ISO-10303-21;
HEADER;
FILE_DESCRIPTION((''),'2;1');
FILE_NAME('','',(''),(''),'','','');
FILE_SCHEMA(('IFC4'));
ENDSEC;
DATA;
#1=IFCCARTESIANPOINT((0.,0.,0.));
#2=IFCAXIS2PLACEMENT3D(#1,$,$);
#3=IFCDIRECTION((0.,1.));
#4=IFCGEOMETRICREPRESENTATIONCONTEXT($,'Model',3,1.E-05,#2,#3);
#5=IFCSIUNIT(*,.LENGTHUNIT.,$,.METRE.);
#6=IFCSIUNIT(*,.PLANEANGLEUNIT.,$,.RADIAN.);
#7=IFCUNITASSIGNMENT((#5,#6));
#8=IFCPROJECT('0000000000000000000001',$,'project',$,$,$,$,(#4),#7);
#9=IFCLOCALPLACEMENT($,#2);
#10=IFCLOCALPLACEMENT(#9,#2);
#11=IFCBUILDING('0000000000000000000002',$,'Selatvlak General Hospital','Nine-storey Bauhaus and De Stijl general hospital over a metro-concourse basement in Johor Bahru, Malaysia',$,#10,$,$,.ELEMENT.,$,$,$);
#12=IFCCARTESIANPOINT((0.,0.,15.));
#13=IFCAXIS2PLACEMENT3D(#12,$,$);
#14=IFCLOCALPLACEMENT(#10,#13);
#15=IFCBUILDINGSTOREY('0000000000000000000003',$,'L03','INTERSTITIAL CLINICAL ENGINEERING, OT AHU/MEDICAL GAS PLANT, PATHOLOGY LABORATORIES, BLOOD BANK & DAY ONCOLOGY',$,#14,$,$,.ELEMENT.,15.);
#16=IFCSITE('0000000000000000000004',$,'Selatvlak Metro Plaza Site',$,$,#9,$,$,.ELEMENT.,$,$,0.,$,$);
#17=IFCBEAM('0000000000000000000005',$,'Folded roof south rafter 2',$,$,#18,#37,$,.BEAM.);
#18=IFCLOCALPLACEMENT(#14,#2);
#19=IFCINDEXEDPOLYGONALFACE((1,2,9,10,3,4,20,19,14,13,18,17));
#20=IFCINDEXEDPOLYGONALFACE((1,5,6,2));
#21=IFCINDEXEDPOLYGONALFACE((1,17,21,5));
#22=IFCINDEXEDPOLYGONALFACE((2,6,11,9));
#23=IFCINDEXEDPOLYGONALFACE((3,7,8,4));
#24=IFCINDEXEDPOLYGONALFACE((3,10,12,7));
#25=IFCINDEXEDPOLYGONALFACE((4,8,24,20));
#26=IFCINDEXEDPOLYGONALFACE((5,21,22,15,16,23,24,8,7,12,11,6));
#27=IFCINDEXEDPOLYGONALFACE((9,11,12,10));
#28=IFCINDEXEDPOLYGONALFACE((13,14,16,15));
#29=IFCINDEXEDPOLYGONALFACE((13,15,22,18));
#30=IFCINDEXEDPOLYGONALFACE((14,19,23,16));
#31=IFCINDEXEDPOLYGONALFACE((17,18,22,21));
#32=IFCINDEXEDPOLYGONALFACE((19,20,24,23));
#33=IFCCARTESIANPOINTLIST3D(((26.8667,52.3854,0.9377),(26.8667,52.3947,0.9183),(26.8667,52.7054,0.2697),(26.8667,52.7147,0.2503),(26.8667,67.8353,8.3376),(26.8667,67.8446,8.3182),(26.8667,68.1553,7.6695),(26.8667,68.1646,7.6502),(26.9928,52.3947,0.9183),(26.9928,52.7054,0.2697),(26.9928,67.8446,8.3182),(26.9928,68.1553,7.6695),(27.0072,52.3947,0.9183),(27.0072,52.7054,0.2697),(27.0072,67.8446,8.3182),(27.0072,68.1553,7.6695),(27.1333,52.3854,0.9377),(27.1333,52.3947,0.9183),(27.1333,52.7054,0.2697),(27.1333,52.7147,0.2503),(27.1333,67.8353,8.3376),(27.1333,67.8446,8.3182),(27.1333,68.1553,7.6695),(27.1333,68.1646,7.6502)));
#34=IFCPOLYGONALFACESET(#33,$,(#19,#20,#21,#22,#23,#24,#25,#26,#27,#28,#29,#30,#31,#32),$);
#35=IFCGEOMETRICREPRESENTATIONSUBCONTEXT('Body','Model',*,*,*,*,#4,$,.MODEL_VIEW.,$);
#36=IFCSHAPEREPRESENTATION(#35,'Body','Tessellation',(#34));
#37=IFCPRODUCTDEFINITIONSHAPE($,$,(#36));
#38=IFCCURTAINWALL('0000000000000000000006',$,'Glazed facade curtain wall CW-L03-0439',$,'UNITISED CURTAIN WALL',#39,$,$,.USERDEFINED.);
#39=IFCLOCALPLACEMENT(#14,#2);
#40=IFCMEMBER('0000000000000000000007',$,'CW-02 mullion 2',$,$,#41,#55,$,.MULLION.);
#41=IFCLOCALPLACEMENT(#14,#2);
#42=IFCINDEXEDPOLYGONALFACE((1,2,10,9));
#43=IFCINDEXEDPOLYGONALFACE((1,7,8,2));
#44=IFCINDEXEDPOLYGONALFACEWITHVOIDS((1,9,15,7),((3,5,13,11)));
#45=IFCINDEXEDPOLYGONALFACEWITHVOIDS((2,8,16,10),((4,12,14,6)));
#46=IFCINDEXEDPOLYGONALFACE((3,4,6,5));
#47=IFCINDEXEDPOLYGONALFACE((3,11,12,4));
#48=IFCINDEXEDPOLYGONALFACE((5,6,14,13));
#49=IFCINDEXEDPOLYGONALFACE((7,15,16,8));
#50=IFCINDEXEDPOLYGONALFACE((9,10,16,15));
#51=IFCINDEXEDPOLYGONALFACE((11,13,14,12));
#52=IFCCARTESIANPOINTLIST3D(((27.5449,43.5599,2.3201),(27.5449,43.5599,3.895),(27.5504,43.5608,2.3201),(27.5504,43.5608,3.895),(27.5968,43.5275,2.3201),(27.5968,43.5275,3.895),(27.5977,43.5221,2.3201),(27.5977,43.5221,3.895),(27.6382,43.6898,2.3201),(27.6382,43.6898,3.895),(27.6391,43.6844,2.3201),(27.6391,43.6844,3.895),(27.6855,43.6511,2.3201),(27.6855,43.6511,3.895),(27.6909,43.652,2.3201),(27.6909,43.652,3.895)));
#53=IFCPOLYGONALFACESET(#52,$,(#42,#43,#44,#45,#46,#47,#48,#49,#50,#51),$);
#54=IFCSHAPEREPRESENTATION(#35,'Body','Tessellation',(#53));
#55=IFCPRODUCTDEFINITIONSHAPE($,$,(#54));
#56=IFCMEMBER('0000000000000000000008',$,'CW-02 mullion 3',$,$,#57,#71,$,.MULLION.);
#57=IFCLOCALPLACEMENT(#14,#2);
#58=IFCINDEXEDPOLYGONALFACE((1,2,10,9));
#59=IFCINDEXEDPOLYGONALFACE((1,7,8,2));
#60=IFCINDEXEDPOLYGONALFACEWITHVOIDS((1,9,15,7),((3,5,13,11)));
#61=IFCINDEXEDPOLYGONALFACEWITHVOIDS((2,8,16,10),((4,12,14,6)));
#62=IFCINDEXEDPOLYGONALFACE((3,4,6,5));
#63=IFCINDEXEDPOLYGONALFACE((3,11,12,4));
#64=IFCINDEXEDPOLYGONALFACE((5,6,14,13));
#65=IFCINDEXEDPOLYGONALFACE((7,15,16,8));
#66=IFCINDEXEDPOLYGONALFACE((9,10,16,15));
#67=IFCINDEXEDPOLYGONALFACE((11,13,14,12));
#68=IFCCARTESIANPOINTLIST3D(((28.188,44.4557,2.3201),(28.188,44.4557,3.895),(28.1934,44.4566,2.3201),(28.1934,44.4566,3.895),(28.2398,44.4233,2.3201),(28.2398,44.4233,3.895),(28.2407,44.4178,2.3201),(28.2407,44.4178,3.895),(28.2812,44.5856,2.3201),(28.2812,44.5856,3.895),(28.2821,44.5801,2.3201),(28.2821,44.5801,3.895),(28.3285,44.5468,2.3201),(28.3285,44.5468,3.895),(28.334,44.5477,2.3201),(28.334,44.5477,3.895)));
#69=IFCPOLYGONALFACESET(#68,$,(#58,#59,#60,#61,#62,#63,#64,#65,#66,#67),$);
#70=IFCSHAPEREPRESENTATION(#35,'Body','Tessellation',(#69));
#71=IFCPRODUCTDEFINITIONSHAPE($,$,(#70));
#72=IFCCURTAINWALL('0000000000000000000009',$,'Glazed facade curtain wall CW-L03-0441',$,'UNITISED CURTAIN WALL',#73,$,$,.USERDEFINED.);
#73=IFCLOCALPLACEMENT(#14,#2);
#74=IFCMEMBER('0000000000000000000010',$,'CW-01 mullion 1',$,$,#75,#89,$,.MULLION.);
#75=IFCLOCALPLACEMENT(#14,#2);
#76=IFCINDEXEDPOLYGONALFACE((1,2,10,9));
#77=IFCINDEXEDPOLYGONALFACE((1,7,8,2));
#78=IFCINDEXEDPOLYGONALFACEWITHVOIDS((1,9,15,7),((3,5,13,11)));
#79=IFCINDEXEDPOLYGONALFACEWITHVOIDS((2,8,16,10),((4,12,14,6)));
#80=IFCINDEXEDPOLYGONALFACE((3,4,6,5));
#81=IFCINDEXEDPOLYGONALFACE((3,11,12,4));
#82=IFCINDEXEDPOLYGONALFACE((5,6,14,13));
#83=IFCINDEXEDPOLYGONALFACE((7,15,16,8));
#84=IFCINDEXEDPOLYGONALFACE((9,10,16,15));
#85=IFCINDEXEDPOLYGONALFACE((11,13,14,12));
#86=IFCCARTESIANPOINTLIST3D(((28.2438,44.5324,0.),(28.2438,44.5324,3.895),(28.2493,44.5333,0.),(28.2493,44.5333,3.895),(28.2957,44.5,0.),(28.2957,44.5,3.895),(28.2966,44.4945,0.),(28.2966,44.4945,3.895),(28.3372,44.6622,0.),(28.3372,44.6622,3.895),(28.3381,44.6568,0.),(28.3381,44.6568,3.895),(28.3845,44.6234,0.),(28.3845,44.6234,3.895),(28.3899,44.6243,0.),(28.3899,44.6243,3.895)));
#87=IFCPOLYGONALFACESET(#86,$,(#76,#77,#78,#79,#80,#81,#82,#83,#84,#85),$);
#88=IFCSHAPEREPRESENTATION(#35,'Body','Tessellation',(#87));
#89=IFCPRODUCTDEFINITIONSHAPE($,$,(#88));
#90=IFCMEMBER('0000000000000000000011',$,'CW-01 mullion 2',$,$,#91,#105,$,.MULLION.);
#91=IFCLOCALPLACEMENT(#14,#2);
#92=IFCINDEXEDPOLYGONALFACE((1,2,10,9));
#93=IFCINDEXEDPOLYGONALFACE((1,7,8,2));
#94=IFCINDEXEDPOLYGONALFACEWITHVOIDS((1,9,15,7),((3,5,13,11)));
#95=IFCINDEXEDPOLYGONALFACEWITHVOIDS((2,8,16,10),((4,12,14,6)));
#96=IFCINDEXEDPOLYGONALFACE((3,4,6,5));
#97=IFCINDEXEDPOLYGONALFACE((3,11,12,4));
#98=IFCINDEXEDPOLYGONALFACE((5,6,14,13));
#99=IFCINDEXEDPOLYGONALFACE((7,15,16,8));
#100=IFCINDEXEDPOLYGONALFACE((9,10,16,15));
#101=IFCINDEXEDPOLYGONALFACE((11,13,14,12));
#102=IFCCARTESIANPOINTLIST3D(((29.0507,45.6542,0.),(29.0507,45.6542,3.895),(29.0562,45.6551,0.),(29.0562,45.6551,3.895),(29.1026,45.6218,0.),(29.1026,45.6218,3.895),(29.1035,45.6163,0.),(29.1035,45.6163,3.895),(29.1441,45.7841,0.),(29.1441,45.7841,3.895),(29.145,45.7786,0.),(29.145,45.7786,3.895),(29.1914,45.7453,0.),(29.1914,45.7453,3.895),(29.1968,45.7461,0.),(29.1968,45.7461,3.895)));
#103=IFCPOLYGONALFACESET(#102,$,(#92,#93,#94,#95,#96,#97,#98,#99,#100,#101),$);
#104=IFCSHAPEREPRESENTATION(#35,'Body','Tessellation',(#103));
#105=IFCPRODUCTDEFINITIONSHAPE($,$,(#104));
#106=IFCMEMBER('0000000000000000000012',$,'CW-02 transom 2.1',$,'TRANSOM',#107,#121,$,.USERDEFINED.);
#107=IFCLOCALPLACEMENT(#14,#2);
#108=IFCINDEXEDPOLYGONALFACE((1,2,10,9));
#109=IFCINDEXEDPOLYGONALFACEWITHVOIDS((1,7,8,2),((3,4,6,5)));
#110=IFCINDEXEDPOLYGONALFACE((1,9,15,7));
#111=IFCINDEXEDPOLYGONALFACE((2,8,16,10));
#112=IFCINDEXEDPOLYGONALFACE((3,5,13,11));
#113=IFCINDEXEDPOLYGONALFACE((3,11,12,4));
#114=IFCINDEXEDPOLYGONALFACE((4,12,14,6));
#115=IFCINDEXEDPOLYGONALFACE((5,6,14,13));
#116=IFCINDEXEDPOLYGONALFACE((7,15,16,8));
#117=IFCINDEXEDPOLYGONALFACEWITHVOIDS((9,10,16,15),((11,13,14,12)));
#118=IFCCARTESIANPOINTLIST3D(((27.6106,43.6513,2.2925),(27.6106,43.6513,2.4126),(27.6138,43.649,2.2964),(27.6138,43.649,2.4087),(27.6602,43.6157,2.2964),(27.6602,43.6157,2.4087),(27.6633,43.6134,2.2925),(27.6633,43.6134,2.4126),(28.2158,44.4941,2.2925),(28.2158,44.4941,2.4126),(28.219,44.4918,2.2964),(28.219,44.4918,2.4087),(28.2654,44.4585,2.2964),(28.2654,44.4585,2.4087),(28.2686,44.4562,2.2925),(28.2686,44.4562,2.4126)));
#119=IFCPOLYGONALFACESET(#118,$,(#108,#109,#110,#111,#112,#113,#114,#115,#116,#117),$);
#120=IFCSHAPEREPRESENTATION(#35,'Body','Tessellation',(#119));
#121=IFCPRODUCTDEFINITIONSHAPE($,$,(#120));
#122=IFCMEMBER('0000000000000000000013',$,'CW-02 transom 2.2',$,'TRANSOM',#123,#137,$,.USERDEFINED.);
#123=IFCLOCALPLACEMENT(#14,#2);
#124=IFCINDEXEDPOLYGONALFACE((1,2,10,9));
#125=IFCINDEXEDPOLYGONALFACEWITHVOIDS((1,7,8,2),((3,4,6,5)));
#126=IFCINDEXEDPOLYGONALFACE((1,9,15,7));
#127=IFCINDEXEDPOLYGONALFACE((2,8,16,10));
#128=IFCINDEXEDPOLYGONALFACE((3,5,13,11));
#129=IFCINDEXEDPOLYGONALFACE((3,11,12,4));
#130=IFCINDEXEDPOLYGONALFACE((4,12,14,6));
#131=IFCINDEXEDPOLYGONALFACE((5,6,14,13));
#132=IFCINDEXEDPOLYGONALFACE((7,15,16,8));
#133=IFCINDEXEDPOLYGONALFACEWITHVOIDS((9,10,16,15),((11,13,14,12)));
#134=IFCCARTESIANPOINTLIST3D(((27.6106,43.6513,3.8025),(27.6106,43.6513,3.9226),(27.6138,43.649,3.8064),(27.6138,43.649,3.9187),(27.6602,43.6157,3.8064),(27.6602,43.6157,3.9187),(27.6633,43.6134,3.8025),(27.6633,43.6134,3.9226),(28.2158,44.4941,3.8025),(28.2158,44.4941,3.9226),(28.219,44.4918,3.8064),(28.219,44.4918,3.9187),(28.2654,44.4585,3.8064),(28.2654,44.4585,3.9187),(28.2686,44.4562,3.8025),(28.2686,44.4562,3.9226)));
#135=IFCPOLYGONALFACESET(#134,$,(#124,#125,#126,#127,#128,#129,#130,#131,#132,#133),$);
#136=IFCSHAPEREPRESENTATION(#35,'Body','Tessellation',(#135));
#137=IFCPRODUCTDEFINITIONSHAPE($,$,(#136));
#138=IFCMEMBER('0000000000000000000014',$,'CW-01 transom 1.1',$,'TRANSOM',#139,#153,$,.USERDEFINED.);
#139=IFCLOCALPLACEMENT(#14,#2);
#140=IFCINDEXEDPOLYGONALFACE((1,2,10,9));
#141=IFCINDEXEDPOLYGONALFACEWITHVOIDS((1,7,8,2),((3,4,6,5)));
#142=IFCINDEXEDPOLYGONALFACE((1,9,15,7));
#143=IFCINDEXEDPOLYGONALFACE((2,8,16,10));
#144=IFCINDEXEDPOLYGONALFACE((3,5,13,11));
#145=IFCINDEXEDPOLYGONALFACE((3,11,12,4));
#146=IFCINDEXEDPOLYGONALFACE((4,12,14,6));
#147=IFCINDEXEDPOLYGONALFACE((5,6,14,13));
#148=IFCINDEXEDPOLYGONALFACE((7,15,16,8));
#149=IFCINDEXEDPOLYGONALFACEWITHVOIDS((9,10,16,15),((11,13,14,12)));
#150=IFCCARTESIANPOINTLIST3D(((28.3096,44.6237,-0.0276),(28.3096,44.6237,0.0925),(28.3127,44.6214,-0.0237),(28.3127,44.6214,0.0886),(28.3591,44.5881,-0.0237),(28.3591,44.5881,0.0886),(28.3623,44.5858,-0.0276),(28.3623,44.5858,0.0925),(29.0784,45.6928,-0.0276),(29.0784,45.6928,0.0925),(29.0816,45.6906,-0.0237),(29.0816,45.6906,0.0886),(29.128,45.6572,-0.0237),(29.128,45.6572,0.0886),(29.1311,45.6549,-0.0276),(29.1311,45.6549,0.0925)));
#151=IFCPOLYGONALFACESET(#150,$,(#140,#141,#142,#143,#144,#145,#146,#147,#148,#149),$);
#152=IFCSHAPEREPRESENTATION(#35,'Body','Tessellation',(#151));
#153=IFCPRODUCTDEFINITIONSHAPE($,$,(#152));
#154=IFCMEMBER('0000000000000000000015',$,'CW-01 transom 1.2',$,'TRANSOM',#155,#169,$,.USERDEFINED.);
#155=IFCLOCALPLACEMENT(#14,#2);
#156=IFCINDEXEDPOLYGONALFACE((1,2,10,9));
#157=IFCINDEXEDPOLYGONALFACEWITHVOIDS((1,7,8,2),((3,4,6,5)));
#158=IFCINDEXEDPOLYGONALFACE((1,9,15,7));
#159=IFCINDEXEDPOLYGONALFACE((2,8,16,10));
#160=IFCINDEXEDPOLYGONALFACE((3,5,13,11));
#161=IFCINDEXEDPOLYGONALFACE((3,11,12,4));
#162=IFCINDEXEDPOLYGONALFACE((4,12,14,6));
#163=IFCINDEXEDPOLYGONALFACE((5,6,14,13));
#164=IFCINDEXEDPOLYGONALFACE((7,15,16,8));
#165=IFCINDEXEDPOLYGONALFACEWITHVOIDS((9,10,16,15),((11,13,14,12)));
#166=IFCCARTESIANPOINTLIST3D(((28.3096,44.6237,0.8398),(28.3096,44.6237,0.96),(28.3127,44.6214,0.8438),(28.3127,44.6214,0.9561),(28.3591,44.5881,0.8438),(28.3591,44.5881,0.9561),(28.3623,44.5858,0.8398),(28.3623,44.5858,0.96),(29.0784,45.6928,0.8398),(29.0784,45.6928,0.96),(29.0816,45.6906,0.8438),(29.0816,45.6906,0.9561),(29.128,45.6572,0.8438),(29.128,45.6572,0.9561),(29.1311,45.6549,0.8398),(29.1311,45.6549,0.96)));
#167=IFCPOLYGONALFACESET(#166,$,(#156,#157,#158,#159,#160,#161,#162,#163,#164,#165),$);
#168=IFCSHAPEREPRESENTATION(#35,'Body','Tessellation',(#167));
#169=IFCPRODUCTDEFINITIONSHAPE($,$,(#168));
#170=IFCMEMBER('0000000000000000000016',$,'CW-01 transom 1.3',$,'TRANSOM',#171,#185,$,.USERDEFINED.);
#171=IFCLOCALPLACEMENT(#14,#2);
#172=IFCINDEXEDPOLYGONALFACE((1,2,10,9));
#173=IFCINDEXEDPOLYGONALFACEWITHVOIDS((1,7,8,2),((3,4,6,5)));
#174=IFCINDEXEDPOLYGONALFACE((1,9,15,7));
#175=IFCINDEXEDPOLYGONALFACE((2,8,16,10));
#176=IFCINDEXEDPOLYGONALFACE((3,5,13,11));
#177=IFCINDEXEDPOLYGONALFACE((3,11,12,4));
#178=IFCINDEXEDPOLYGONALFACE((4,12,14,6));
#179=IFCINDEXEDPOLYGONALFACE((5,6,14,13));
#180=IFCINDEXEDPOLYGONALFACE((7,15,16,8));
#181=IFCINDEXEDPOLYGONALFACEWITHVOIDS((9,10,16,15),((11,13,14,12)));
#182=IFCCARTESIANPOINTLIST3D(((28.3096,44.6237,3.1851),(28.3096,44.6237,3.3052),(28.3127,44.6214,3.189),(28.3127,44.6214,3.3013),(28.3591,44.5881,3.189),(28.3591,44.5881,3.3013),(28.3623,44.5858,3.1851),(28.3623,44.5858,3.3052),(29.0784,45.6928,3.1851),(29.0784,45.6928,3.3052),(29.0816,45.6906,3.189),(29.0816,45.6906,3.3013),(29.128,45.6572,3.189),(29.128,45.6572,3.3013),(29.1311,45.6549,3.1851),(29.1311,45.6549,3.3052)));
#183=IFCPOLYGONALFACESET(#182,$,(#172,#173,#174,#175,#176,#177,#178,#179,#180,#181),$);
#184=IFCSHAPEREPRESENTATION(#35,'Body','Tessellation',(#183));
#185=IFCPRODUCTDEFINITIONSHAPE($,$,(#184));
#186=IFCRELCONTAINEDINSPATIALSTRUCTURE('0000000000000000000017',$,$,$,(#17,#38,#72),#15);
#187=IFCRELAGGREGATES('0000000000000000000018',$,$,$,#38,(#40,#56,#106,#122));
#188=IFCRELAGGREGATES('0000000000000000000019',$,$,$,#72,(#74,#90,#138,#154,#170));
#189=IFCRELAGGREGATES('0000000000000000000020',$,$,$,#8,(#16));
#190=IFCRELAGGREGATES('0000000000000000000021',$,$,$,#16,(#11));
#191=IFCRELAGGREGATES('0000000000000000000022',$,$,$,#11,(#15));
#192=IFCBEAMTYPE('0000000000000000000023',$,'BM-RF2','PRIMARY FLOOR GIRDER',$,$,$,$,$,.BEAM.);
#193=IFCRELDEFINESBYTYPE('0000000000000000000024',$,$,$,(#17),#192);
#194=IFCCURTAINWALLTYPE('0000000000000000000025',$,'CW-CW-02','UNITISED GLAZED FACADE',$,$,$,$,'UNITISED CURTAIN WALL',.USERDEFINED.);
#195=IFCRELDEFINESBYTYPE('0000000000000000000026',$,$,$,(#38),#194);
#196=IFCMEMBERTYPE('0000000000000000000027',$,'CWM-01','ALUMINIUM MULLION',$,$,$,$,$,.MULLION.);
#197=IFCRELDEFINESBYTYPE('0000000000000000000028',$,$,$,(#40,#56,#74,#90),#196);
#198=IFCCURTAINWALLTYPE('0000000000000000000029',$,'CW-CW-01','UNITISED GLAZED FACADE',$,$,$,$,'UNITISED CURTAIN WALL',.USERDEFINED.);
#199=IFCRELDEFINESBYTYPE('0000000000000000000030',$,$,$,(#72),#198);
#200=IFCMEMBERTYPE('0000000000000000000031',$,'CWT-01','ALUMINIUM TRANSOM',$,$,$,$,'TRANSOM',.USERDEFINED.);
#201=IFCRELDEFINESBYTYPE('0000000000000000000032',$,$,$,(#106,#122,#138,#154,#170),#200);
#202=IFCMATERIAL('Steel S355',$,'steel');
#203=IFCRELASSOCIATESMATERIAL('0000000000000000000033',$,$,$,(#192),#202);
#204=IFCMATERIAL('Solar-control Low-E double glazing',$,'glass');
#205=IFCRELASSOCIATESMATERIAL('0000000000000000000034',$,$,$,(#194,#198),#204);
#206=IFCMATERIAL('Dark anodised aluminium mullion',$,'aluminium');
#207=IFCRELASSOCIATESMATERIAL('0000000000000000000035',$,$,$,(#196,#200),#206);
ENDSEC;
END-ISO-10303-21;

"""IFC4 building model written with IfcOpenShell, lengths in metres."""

from ifc_helpers import new_model, si_unit, direction, frame, origin, origin_2d, place, context, subcontext, project, spatial, hollow_rectangle, i_section, extrude, material, material_profile, profile_set, type_object, element, aggregate, save


model = new_model("IFC4")

# Units and contexts
model_context = context("Model", 3, precision=1e-05, world=origin(), true_north=direction((0.0, 1.0)))
body_context = subcontext(model_context, "Body", "Model", "MODEL_VIEW")
ifc_project = project(units=[si_unit("LENGTHUNIT", "METRE"), si_unit("PLANEANGLEUNIT", "RADIAN")], contexts=[model_context])

# Site, building, storey
site_placement = place(None, origin())
site = spatial("IfcSite", under=ifc_project, at=site_placement, Name="Selatvlak Metro Plaza Site", CompositionType="ELEMENT", RefElevation=0.0)
building_placement = place(site_placement, origin())
building = spatial("IfcBuilding", under=site, at=building_placement, Name="Selatvlak General Hospital", Description="Nine-storey Bauhaus and De Stijl general hospital over a metro-concourse basement in Johor Bahru, Malaysia", CompositionType="ELEMENT")
storey_placement = place(building_placement, frame((0.0, 0.0, 15.0)))
storey = spatial("IfcBuildingStorey", under=building, at=storey_placement, Name="L03", Description="INTERSTITIAL CLINICAL ENGINEERING, OT AHU/MEDICAL GAS PLANT, PATHOLOGY LABORATORIES, BLOOD BANK & DAY ONCOLOGY", CompositionType="ELEMENT", Elevation=15.0)

# Beam
ifc_material_1 = material(Name="Steel S355", Category="steel")
ifc_material_profile_1 = material_profile(ifc_material_1, i_section(OverallWidth=0.2666, OverallDepth=0.7622, WebThickness=0.0144, FlangeThickness=0.0215, at=origin_2d()), Name="UB 762x267x173")
ifc_profile_set_1 = profile_set([ifc_material_profile_1], Name="Steel S355")
beam_type = type_object("IfcBeamType", Name="BM-RF2", Description="PRIMARY FLOOR GIRDER", PredefinedType="BEAM", material=ifc_profile_set_1)
beam_placement = place(storey_placement, frame((27.0, 52.55, 0.594), z_axis=(0.0, 0.901889, 0.431968), x_axis=(-1.0, 0.0, 0.0)))
element("IfcBeam", 1, at=beam_placement, inside=storey, type_object=beam_type, Name="Folded roof south rafter 2", PredefinedType="BEAM", context=body_context, shape_type="SweptSolid", body=[
    extrude(i_section(OverallWidth=0.2666, OverallDepth=0.7622, WebThickness=0.0144, FlangeThickness=0.0215, at=origin_2d()), origin(), (0.0, 0.0, 1.0), 17.1306),
])

# Curtain walls, members
ifc_material_2 = material(Name="Solar-control Low-E double glazing", Category="glass")
curtain_wall_type_1 = type_object("IfcCurtainWallType", Name="CW-CW-02", Description="UNITISED GLAZED FACADE", ElementType="UNITISED CURTAIN WALL", PredefinedType="USERDEFINED", material=ifc_material_2)
curtain_wall_1_placement = place(storey_placement, origin())
curtain_wall_1 = element("IfcCurtainWall", 2, at=curtain_wall_1_placement, inside=storey, type_object=curtain_wall_type_1, Name="Glazed facade curtain wall CW-L03-0439", ObjectType="UNITISED CURTAIN WALL", PredefinedType="USERDEFINED")
ifc_material_3 = material(Name="Dark anodised aluminium mullion", Category="aluminium")
ifc_material_profile_2 = material_profile(ifc_material_3, hollow_rectangle(XDim=0.0649, YDim=0.1599, WallThickness=0.0039, at=origin_2d()), Name="AL-MUL 65x160x4")
ifc_profile_set_2 = profile_set([ifc_material_profile_2], Name="Dark anodised aluminium mullion")
member_type_1 = type_object("IfcMemberType", Name="CWM-01", Description="ALUMINIUM MULLION", PredefinedType="MULLION", material=ifc_profile_set_2)
member_1_placement = place(storey_placement, frame((27.6179, 43.606, 2.3201), z_axis=(0.0, 0.0, 1.0), x_axis=(-0.812302, 0.583237, 0.0)))
member_1 = element("IfcMember", 3, at=member_1_placement, type_object=member_type_1, Name="CW-02 mullion 2", PredefinedType="MULLION", context=body_context, shape_type="SweptSolid", body=[
    extrude(hollow_rectangle(XDim=0.0649, YDim=0.1599, WallThickness=0.0039, at=origin_2d()), origin(), (0.0, 0.0, 1.0), 1.575),
])
member_2_placement = place(storey_placement, frame((28.261, 44.5017, 2.3201), z_axis=(0.0, 0.0, 1.0), x_axis=(-0.812302, 0.583237, 0.0)))
member_2 = element("IfcMember", 4, at=member_2_placement, type_object=member_type_1, Name="CW-02 mullion 3", PredefinedType="MULLION", context=body_context, shape_type="SweptSolid", body=[
    extrude(hollow_rectangle(XDim=0.0649, YDim=0.1599, WallThickness=0.0039, at=origin_2d()), origin(), (0.0, 0.0, 1.0), 1.575),
])
curtain_wall_type_2 = type_object("IfcCurtainWallType", Name="CW-CW-01", Description="UNITISED GLAZED FACADE", ElementType="UNITISED CURTAIN WALL", PredefinedType="USERDEFINED", material=ifc_material_2)
curtain_wall_2_placement = place(storey_placement, origin())
curtain_wall_2 = element("IfcCurtainWall", 5, at=curtain_wall_2_placement, inside=storey, type_object=curtain_wall_type_2, Name="Glazed facade curtain wall CW-L03-0441", ObjectType="UNITISED CURTAIN WALL", PredefinedType="USERDEFINED")
member_3_placement = place(storey_placement, frame((28.3169, 44.5784, 0.0), z_axis=(0.0, 0.0, 1.0), x_axis=(-0.811837, 0.583884, 0.0)))
member_3 = element("IfcMember", 6, at=member_3_placement, type_object=member_type_1, Name="CW-01 mullion 1", PredefinedType="MULLION", context=body_context, shape_type="SweptSolid", body=[
    extrude(hollow_rectangle(XDim=0.0649, YDim=0.1599, WallThickness=0.0039, at=origin_2d()), origin(), (0.0, 0.0, 1.0), 3.895),
])
member_4_placement = place(storey_placement, frame((29.1238, 45.7002, 0.0), z_axis=(0.0, 0.0, 1.0), x_axis=(-0.811837, 0.583884, 0.0)))
member_4 = element("IfcMember", 7, at=member_4_placement, type_object=member_type_1, Name="CW-01 mullion 2", PredefinedType="MULLION", context=body_context, shape_type="SweptSolid", body=[
    extrude(hollow_rectangle(XDim=0.0649, YDim=0.1599, WallThickness=0.0039, at=origin_2d()), origin(), (0.0, 0.0, 1.0), 3.895),
])

# Members
ifc_material_profile_3 = material_profile(ifc_material_3, hollow_rectangle(XDim=0.0649, YDim=0.1201, WallThickness=0.0039, at=origin_2d()), Name="AL-TRN 65x120x4")
ifc_profile_set_3 = profile_set([ifc_material_profile_3], Name="Dark anodised aluminium mullion")
member_type_2 = type_object("IfcMemberType", Name="CWT-01", Description="ALUMINIUM TRANSOM", ElementType="TRANSOM", PredefinedType="USERDEFINED", material=ifc_profile_set_3)
member_5_placement = place(storey_placement, frame((27.637, 43.6323, 2.3525), z_axis=(0.583306, 0.812252, 0.0), x_axis=(-0.812252, 0.583306, 0.0)))
member_5 = element("IfcMember", 8, at=member_5_placement, type_object=member_type_2, Name="CW-02 transom 2.1", ObjectType="TRANSOM", PredefinedType="USERDEFINED", context=body_context, shape_type="SweptSolid", body=[
    extrude(hollow_rectangle(XDim=0.0649, YDim=0.1201, WallThickness=0.0039, at=origin_2d()), origin(), (0.0, 0.0, 1.0), 1.0376),
])
member_6_placement = place(storey_placement, frame((27.637, 43.6323, 3.8625), z_axis=(0.583306, 0.812252, 0.0), x_axis=(-0.812252, 0.583306, 0.0)))
member_6 = element("IfcMember", 9, at=member_6_placement, type_object=member_type_2, Name="CW-02 transom 2.2", ObjectType="TRANSOM", PredefinedType="USERDEFINED", context=body_context, shape_type="SweptSolid", body=[
    extrude(hollow_rectangle(XDim=0.0649, YDim=0.1201, WallThickness=0.0039, at=origin_2d()), origin(), (0.0, 0.0, 1.0), 1.0376),
])
member_7_placement = place(storey_placement, frame((28.3359, 44.6047, 0.0325), z_axis=(0.583831, 0.811875, 0.0), x_axis=(-0.811875, 0.583831, 0.0)))
member_7 = element("IfcMember", 10, at=member_7_placement, type_object=member_type_2, Name="CW-01 transom 1.1", ObjectType="TRANSOM", PredefinedType="USERDEFINED", context=body_context, shape_type="SweptSolid", body=[
    extrude(hollow_rectangle(XDim=0.0649, YDim=0.1201, WallThickness=0.0039, at=origin_2d()), origin(), (0.0, 0.0, 1.0), 1.3169),
])
member_8_placement = place(storey_placement, frame((28.3359, 44.6047, 0.8999), z_axis=(0.583831, 0.811875, 0.0), x_axis=(-0.811875, 0.583831, 0.0)))
member_8 = element("IfcMember", 11, at=member_8_placement, type_object=member_type_2, Name="CW-01 transom 1.2", ObjectType="TRANSOM", PredefinedType="USERDEFINED", context=body_context, shape_type="SweptSolid", body=[
    extrude(hollow_rectangle(XDim=0.0649, YDim=0.1201, WallThickness=0.0039, at=origin_2d()), origin(), (0.0, 0.0, 1.0), 1.3169),
])
member_9_placement = place(storey_placement, frame((28.3359, 44.6047, 3.2451), z_axis=(0.583831, 0.811875, 0.0), x_axis=(-0.811875, 0.583831, 0.0)))
member_9 = element("IfcMember", 12, at=member_9_placement, type_object=member_type_2, Name="CW-01 transom 1.3", ObjectType="TRANSOM", PredefinedType="USERDEFINED", context=body_context, shape_type="SweptSolid", body=[
    extrude(hollow_rectangle(XDim=0.0649, YDim=0.1201, WallThickness=0.0039, at=origin_2d()), origin(), (0.0, 0.0, 1.0), 1.3169),
])

aggregate(curtain_wall_1, [member_1, member_2, member_5, member_6])
aggregate(curtain_wall_2, [member_3, member_4, member_7, member_8, member_9])

save(model, "model.ifc")
